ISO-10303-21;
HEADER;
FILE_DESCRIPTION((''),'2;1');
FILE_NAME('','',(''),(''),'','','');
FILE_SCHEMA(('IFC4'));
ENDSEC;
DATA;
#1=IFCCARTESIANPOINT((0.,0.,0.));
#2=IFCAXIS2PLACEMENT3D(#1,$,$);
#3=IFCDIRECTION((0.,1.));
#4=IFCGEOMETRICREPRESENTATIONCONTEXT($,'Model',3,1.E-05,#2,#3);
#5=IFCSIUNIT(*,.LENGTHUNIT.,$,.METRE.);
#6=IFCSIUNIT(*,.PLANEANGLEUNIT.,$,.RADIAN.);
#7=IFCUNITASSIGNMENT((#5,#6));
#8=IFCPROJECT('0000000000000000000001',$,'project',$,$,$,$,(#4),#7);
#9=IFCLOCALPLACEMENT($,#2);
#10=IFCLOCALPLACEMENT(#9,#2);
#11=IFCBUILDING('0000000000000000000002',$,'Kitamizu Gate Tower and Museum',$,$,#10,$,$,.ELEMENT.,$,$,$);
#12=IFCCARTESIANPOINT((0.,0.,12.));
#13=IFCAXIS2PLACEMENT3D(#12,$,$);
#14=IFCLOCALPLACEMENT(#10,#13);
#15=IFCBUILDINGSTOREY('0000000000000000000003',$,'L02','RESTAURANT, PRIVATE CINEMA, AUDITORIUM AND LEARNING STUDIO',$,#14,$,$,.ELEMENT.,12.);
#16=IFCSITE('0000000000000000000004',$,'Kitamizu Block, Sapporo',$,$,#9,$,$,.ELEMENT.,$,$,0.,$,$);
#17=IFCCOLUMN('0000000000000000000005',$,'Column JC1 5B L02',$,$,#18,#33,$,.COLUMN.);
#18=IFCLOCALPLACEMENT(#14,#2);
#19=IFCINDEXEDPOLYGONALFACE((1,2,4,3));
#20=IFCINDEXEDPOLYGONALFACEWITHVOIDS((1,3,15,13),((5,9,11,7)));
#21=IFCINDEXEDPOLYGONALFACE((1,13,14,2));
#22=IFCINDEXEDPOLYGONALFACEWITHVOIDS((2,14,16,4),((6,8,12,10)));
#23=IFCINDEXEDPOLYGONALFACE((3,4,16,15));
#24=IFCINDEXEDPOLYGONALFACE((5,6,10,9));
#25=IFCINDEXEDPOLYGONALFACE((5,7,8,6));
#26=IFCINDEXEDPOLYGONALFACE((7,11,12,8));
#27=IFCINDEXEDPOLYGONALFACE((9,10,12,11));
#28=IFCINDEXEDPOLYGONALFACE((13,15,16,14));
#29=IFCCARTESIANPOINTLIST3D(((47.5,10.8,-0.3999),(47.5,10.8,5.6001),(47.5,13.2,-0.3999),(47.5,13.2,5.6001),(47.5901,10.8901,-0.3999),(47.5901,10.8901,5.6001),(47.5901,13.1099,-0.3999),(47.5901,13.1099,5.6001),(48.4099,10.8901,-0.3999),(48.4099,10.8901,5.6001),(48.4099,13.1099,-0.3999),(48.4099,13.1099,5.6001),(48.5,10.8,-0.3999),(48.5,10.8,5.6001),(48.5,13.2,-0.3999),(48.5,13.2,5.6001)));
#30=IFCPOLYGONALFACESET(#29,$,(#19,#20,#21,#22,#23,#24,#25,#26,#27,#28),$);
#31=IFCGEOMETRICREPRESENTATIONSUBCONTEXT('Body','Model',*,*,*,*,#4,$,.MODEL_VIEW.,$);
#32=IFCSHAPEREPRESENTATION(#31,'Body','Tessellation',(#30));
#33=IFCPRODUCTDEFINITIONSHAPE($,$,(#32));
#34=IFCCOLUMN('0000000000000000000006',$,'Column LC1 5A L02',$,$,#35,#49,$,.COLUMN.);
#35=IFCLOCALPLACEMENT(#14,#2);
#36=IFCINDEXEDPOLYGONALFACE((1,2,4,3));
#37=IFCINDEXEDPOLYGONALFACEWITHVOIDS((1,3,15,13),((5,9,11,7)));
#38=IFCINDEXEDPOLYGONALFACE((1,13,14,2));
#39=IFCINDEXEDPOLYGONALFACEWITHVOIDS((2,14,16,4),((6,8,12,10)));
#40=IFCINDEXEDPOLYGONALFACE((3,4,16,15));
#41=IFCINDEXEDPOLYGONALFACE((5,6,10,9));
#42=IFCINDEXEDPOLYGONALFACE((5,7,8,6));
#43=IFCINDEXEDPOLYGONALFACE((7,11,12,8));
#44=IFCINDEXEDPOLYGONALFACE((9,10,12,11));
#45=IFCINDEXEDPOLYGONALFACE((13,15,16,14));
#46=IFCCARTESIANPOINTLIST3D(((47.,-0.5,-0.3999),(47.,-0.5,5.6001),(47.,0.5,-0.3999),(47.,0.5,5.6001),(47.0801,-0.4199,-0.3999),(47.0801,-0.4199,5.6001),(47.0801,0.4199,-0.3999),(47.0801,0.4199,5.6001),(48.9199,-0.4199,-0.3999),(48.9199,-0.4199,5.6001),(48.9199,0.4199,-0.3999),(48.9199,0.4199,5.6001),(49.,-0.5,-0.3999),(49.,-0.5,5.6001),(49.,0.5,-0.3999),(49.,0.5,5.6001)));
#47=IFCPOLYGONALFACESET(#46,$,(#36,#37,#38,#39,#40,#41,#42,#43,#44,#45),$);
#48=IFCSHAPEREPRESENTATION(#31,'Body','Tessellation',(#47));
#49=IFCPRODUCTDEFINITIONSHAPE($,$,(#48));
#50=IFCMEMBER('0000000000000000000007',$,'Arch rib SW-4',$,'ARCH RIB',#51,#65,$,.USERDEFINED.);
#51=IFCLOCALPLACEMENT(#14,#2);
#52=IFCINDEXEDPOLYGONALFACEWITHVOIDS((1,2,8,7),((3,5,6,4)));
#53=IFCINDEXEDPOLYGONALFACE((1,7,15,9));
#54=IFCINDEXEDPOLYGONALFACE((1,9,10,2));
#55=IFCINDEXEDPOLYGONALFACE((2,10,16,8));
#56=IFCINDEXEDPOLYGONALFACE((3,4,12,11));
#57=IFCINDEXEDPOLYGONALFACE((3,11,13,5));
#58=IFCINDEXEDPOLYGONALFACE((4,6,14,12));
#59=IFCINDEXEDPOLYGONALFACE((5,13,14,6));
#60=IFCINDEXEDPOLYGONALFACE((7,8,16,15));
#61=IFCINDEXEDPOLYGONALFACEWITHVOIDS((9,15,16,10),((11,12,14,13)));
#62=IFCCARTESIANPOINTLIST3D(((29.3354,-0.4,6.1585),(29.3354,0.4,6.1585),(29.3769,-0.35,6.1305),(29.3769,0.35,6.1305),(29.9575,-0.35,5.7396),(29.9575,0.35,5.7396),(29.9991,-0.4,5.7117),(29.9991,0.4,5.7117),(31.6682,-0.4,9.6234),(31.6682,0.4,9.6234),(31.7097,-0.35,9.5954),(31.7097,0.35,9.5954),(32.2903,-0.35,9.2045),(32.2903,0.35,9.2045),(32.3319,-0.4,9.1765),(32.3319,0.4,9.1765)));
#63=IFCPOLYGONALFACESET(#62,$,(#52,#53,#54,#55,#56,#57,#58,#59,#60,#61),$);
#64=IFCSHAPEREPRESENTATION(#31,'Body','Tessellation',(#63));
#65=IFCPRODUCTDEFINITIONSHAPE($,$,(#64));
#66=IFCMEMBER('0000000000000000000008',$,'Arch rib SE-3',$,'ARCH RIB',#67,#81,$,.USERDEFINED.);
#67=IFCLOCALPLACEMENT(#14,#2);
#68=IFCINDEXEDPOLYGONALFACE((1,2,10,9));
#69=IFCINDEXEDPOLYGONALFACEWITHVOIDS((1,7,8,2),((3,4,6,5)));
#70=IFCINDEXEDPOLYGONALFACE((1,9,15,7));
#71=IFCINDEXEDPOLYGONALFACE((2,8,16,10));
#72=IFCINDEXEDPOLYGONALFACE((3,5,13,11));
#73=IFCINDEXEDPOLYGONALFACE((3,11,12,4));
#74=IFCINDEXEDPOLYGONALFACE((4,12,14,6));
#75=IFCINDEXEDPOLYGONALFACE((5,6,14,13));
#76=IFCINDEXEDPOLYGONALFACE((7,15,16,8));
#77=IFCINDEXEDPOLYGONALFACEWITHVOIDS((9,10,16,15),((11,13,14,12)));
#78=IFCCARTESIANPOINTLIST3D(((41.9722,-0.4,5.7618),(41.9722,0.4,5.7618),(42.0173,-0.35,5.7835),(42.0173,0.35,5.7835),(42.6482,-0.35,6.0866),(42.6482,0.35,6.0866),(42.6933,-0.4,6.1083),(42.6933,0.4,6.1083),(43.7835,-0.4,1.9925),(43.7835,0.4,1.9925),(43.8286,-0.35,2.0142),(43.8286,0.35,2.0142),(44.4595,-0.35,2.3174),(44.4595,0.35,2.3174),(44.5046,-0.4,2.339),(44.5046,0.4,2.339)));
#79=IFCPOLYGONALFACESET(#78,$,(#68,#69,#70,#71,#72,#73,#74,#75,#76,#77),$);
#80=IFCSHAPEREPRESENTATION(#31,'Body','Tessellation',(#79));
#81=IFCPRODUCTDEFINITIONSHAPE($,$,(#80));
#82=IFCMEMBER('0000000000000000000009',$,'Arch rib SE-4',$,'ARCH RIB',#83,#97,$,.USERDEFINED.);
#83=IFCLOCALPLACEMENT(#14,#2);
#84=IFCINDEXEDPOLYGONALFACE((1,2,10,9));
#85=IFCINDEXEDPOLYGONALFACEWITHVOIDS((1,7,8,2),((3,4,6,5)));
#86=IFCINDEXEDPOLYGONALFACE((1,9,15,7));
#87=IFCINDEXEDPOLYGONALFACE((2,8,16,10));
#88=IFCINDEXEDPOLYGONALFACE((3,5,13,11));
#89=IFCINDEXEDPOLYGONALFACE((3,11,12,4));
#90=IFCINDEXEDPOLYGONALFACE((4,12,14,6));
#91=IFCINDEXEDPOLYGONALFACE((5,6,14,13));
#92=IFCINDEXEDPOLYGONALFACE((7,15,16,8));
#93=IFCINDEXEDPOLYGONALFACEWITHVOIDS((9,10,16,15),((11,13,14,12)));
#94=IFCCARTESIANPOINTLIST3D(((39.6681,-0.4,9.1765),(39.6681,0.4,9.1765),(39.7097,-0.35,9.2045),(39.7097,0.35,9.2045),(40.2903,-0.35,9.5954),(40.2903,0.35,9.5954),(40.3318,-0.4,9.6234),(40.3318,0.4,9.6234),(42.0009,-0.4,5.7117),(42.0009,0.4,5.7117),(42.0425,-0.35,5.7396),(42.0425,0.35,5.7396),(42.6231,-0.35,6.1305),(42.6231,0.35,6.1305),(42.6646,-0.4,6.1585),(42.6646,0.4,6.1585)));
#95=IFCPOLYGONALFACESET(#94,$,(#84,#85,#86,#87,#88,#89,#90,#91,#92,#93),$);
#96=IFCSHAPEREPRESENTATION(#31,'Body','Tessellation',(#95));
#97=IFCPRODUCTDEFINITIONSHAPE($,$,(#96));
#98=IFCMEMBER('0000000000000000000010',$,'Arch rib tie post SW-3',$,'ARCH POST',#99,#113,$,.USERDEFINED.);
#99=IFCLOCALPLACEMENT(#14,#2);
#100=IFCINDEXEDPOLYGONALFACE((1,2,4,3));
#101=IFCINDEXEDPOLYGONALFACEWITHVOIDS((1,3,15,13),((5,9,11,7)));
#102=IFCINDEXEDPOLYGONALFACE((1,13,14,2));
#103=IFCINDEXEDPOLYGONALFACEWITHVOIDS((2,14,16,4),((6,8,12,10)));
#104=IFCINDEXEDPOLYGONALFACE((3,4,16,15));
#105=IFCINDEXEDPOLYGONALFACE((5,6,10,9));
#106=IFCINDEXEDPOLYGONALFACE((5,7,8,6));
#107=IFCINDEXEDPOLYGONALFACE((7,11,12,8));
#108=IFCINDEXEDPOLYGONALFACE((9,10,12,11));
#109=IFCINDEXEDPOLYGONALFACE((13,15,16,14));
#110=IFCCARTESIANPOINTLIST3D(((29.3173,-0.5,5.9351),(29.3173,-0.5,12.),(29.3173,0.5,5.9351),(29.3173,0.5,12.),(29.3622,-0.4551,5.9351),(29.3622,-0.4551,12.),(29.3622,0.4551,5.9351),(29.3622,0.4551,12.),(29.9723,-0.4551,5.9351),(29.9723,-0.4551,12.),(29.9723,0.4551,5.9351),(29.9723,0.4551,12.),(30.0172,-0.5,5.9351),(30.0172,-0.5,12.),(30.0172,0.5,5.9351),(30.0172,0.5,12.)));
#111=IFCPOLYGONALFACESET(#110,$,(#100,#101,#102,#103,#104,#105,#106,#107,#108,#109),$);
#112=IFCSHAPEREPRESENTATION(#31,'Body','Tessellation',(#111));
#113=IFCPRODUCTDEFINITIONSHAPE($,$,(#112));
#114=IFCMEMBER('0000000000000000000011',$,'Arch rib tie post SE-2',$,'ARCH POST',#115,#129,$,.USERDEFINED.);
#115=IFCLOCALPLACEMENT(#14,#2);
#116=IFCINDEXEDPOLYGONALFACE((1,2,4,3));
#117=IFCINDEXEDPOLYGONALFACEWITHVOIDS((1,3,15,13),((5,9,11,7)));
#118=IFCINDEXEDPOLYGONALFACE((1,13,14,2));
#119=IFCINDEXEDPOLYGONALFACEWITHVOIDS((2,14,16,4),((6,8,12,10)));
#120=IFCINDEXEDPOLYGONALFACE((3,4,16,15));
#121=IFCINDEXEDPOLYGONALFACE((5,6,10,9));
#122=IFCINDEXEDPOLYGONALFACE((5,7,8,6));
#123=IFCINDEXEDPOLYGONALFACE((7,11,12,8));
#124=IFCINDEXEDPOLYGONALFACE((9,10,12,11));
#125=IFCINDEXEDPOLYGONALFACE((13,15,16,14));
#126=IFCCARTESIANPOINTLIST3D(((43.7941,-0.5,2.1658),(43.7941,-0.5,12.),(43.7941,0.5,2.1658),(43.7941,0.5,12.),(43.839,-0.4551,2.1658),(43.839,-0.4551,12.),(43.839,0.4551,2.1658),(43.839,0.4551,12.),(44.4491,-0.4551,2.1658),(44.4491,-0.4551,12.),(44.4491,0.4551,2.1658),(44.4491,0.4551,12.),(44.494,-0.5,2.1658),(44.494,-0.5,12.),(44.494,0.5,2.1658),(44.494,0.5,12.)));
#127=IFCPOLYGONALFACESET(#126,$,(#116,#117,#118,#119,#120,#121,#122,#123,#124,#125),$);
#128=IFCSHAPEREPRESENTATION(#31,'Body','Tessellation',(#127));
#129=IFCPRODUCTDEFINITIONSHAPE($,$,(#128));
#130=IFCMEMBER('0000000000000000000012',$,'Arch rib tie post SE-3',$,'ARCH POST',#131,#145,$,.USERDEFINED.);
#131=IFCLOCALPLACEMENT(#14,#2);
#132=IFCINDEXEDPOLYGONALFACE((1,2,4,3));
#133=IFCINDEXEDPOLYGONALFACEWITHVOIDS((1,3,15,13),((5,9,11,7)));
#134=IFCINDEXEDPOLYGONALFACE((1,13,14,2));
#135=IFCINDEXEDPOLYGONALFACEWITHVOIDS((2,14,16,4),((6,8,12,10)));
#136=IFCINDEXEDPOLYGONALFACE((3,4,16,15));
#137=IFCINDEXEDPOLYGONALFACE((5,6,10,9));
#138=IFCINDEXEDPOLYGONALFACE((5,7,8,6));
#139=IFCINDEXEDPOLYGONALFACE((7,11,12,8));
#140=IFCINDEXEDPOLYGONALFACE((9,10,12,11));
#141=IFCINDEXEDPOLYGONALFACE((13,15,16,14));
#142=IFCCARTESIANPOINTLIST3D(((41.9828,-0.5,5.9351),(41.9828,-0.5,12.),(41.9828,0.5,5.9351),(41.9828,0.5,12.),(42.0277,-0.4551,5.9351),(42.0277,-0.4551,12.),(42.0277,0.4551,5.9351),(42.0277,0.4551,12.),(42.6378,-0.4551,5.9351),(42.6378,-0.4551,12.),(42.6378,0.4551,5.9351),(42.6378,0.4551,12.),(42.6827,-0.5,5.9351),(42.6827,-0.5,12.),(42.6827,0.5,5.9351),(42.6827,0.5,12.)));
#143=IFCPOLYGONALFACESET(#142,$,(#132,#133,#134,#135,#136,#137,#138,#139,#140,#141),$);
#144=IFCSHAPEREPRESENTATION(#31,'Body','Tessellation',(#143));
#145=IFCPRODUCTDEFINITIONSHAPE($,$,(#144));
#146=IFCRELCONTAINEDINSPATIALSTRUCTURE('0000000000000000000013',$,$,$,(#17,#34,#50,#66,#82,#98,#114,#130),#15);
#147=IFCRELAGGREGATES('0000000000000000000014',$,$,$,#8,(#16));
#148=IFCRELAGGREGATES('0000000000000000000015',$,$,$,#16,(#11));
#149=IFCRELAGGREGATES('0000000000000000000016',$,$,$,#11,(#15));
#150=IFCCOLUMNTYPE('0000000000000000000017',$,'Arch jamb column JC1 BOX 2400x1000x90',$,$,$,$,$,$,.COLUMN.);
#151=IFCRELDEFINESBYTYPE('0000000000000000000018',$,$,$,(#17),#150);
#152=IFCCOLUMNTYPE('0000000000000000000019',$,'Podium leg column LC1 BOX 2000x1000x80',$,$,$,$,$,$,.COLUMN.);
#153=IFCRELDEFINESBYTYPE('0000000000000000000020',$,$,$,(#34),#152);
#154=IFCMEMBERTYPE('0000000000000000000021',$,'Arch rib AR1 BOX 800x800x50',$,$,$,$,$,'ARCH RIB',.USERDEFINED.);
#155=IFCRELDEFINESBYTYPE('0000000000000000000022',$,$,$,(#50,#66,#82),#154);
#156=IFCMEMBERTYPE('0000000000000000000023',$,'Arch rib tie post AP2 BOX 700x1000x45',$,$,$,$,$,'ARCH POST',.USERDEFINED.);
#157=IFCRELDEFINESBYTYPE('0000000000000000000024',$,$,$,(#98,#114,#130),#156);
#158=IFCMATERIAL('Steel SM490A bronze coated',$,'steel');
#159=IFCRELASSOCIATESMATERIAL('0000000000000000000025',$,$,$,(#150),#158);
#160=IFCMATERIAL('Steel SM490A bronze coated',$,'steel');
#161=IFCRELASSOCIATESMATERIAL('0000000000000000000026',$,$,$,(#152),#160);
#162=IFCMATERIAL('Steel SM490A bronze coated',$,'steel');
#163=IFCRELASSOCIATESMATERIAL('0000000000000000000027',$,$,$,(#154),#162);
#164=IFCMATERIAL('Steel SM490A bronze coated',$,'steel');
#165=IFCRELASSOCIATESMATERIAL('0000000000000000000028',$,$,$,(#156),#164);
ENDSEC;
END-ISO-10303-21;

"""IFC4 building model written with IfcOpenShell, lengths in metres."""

from ifc_helpers import new_model, si_unit, direction, frame, origin, origin_2d, place, context, subcontext, project, spatial, hollow_rectangle, extrude, material, material_profile, profile_set, type_object, element, save


model = new_model("IFC4")

# Units and contexts
model_context = context("Model", 3, precision=1e-05, world=origin(), true_north=direction((0.0, 1.0)))
body_context = subcontext(model_context, "Body", "Model", "MODEL_VIEW")
ifc_project = project(units=[si_unit("LENGTHUNIT", "METRE"), si_unit("PLANEANGLEUNIT", "RADIAN")], contexts=[model_context])

# Site, building, storey
site_placement = place(None, origin())
site = spatial("IfcSite", under=ifc_project, at=site_placement, Name="Kitamizu Block, Sapporo", CompositionType="ELEMENT", RefElevation=0.0)
building_placement = place(site_placement, origin())
building = spatial("IfcBuilding", under=site, at=building_placement, Name="Kitamizu Gate Tower and Museum", CompositionType="ELEMENT")
storey_placement = place(building_placement, frame((0.0, 0.0, 12.0)))
storey = spatial("IfcBuildingStorey", under=building, at=storey_placement, Name="L02", Description="RESTAURANT, PRIVATE CINEMA, AUDITORIUM AND LEARNING STUDIO", CompositionType="ELEMENT", Elevation=12.0)

# Columns
ifc_material_1 = material(Name="Steel SM490A bronze coated", Category="steel")
ifc_material_profile_1 = material_profile(ifc_material_1, hollow_rectangle(XDim=2.3999, YDim=1.0, WallThickness=0.0901, at=origin_2d()), Name="BOX 2400x1000x90")
ifc_profile_set_1 = profile_set([ifc_material_profile_1], Name="Steel SM490A bronze coated")
column_type_1 = type_object("IfcColumnType", Name="Arch jamb column JC1 BOX 2400x1000x90", PredefinedType="COLUMN", material=ifc_profile_set_1)
column_1_placement = place(storey_placement, frame((48.0, 12.0, -0.3999), z_axis=(0.0, 0.0, 1.0), x_axis=(0.0, 1.0, 0.0)))
element("IfcColumn", 1, at=column_1_placement, inside=storey, type_object=column_type_1, Name="Column JC1 5B L02", PredefinedType="COLUMN", context=body_context, shape_type="SweptSolid", body=[
    extrude(hollow_rectangle(XDim=2.3999, YDim=1.0, WallThickness=0.0901, at=origin_2d()), origin(), (0.0, 0.0, 1.0), 6.0),
])
ifc_material_2 = material(Name="Steel SM490A bronze coated", Category="steel")
ifc_material_profile_2 = material_profile(ifc_material_2, hollow_rectangle(XDim=2.0, YDim=1.0, WallThickness=0.0801, at=origin_2d()), Name="BOX 2000x1000x80")
ifc_profile_set_2 = profile_set([ifc_material_profile_2], Name="Steel SM490A bronze coated")
column_type_2 = type_object("IfcColumnType", Name="Podium leg column LC1 BOX 2000x1000x80", PredefinedType="COLUMN", material=ifc_profile_set_2)
column_2_placement = place(storey_placement, frame((48.0, 0.0, -0.3999), z_axis=(0.0, 0.0, 1.0), x_axis=(1.0, 0.0, 0.0)))
element("IfcColumn", 2, at=column_2_placement, inside=storey, type_object=column_type_2, Name="Column LC1 5A L02", PredefinedType="COLUMN", context=body_context, shape_type="SweptSolid", body=[
    extrude(hollow_rectangle(XDim=2.0, YDim=1.0, WallThickness=0.0801, at=origin_2d()), origin(), (0.0, 0.0, 1.0), 6.0),
])

# Members
ifc_material_3 = material(Name="Steel SM490A bronze coated", Category="steel")
ifc_material_profile_3 = material_profile(ifc_material_3, hollow_rectangle(XDim=0.8, YDim=0.8, WallThickness=0.05, at=origin_2d()), Name="BOX 800x800x50")
ifc_profile_set_3 = profile_set([ifc_material_profile_3], Name="Steel SM490A bronze coated")
member_type_1 = type_object("IfcMemberType", Name="Arch rib AR1 BOX 800x800x50", ElementType="ARCH RIB", PredefinedType="USERDEFINED", material=ifc_profile_set_3)
member_1_placement = place(storey_placement, frame((29.6672, 0.0, 5.9351), z_axis=(0.558485, 0.0, 0.829515), x_axis=(0.0, 1.0, 0.0)))
element("IfcMember", 3, at=member_1_placement, inside=storey, type_object=member_type_1, Name="Arch rib SW-4", ObjectType="ARCH RIB", PredefinedType="USERDEFINED", context=body_context, shape_type="SweptSolid", body=[
    extrude(hollow_rectangle(XDim=0.8, YDim=0.8, WallThickness=0.05, at=origin_2d()), origin(), (0.0, 0.0, 1.0), 4.177),
])
member_2_placement = place(storey_placement, frame((44.144, 0.0, 2.1658), z_axis=(-0.433124, 0.0, 0.901334), x_axis=(0.0, -1.0, 0.0)))
element("IfcMember", 4, at=member_2_placement, inside=storey, type_object=member_type_1, Name="Arch rib SE-3", ObjectType="ARCH RIB", PredefinedType="USERDEFINED", context=body_context, shape_type="SweptSolid", body=[
    extrude(hollow_rectangle(XDim=0.8, YDim=0.8, WallThickness=0.05, at=origin_2d()), origin(), (0.0, 0.0, 1.0), 4.1819),
])
member_3_placement = place(storey_placement, frame((42.3328, 0.0, 5.9351), z_axis=(-0.558485, 0.0, 0.829515), x_axis=(0.0, -1.0, 0.0)))
element("IfcMember", 5, at=member_3_placement, inside=storey, type_object=member_type_1, Name="Arch rib SE-4", ObjectType="ARCH RIB", PredefinedType="USERDEFINED", context=body_context, shape_type="SweptSolid", body=[
    extrude(hollow_rectangle(XDim=0.8, YDim=0.8, WallThickness=0.05, at=origin_2d()), origin(), (0.0, 0.0, 1.0), 4.177),
])
ifc_material_4 = material(Name="Steel SM490A bronze coated", Category="steel")
ifc_material_profile_4 = material_profile(ifc_material_4, hollow_rectangle(XDim=0.7, YDim=1.0, WallThickness=0.0449, at=origin_2d()), Name="BOX 700x1000x45")
ifc_profile_set_4 = profile_set([ifc_material_profile_4], Name="Steel SM490A bronze coated")
member_type_2 = type_object("IfcMemberType", Name="Arch rib tie post AP2 BOX 700x1000x45", ElementType="ARCH POST", PredefinedType="USERDEFINED", material=ifc_profile_set_4)
member_4_placement = place(storey_placement, frame((29.6672, 0.0, 5.9351), z_axis=(0.0, 0.0, 1.0), x_axis=(1.0, 0.0, 0.0)))
element("IfcMember", 6, at=member_4_placement, inside=storey, type_object=member_type_2, Name="Arch rib tie post SW-3", ObjectType="ARCH POST", PredefinedType="USERDEFINED", context=body_context, shape_type="SweptSolid", body=[
    extrude(hollow_rectangle(XDim=0.7, YDim=1.0, WallThickness=0.0449, at=origin_2d()), origin(), (0.0, 0.0, 1.0), 6.0649),
])
member_5_placement = place(storey_placement, frame((44.144, 0.0, 2.1658), z_axis=(0.0, 0.0, 1.0), x_axis=(1.0, 0.0, 0.0)))
element("IfcMember", 7, at=member_5_placement, inside=storey, type_object=member_type_2, Name="Arch rib tie post SE-2", ObjectType="ARCH POST", PredefinedType="USERDEFINED", context=body_context, shape_type="SweptSolid", body=[
    extrude(hollow_rectangle(XDim=0.7, YDim=1.0, WallThickness=0.0449, at=origin_2d()), origin(), (0.0, 0.0, 1.0), 9.8342),
])
member_6_placement = place(storey_placement, frame((42.3328, 0.0, 5.9351), z_axis=(0.0, 0.0, 1.0), x_axis=(1.0, 0.0, 0.0)))
element("IfcMember", 8, at=member_6_placement, inside=storey, type_object=member_type_2, Name="Arch rib tie post SE-3", ObjectType="ARCH POST", PredefinedType="USERDEFINED", context=body_context, shape_type="SweptSolid", body=[
    extrude(hollow_rectangle(XDim=0.7, YDim=1.0, WallThickness=0.0449, at=origin_2d()), origin(), (0.0, 0.0, 1.0), 6.0649),
])

save(model, "model.ifc")
